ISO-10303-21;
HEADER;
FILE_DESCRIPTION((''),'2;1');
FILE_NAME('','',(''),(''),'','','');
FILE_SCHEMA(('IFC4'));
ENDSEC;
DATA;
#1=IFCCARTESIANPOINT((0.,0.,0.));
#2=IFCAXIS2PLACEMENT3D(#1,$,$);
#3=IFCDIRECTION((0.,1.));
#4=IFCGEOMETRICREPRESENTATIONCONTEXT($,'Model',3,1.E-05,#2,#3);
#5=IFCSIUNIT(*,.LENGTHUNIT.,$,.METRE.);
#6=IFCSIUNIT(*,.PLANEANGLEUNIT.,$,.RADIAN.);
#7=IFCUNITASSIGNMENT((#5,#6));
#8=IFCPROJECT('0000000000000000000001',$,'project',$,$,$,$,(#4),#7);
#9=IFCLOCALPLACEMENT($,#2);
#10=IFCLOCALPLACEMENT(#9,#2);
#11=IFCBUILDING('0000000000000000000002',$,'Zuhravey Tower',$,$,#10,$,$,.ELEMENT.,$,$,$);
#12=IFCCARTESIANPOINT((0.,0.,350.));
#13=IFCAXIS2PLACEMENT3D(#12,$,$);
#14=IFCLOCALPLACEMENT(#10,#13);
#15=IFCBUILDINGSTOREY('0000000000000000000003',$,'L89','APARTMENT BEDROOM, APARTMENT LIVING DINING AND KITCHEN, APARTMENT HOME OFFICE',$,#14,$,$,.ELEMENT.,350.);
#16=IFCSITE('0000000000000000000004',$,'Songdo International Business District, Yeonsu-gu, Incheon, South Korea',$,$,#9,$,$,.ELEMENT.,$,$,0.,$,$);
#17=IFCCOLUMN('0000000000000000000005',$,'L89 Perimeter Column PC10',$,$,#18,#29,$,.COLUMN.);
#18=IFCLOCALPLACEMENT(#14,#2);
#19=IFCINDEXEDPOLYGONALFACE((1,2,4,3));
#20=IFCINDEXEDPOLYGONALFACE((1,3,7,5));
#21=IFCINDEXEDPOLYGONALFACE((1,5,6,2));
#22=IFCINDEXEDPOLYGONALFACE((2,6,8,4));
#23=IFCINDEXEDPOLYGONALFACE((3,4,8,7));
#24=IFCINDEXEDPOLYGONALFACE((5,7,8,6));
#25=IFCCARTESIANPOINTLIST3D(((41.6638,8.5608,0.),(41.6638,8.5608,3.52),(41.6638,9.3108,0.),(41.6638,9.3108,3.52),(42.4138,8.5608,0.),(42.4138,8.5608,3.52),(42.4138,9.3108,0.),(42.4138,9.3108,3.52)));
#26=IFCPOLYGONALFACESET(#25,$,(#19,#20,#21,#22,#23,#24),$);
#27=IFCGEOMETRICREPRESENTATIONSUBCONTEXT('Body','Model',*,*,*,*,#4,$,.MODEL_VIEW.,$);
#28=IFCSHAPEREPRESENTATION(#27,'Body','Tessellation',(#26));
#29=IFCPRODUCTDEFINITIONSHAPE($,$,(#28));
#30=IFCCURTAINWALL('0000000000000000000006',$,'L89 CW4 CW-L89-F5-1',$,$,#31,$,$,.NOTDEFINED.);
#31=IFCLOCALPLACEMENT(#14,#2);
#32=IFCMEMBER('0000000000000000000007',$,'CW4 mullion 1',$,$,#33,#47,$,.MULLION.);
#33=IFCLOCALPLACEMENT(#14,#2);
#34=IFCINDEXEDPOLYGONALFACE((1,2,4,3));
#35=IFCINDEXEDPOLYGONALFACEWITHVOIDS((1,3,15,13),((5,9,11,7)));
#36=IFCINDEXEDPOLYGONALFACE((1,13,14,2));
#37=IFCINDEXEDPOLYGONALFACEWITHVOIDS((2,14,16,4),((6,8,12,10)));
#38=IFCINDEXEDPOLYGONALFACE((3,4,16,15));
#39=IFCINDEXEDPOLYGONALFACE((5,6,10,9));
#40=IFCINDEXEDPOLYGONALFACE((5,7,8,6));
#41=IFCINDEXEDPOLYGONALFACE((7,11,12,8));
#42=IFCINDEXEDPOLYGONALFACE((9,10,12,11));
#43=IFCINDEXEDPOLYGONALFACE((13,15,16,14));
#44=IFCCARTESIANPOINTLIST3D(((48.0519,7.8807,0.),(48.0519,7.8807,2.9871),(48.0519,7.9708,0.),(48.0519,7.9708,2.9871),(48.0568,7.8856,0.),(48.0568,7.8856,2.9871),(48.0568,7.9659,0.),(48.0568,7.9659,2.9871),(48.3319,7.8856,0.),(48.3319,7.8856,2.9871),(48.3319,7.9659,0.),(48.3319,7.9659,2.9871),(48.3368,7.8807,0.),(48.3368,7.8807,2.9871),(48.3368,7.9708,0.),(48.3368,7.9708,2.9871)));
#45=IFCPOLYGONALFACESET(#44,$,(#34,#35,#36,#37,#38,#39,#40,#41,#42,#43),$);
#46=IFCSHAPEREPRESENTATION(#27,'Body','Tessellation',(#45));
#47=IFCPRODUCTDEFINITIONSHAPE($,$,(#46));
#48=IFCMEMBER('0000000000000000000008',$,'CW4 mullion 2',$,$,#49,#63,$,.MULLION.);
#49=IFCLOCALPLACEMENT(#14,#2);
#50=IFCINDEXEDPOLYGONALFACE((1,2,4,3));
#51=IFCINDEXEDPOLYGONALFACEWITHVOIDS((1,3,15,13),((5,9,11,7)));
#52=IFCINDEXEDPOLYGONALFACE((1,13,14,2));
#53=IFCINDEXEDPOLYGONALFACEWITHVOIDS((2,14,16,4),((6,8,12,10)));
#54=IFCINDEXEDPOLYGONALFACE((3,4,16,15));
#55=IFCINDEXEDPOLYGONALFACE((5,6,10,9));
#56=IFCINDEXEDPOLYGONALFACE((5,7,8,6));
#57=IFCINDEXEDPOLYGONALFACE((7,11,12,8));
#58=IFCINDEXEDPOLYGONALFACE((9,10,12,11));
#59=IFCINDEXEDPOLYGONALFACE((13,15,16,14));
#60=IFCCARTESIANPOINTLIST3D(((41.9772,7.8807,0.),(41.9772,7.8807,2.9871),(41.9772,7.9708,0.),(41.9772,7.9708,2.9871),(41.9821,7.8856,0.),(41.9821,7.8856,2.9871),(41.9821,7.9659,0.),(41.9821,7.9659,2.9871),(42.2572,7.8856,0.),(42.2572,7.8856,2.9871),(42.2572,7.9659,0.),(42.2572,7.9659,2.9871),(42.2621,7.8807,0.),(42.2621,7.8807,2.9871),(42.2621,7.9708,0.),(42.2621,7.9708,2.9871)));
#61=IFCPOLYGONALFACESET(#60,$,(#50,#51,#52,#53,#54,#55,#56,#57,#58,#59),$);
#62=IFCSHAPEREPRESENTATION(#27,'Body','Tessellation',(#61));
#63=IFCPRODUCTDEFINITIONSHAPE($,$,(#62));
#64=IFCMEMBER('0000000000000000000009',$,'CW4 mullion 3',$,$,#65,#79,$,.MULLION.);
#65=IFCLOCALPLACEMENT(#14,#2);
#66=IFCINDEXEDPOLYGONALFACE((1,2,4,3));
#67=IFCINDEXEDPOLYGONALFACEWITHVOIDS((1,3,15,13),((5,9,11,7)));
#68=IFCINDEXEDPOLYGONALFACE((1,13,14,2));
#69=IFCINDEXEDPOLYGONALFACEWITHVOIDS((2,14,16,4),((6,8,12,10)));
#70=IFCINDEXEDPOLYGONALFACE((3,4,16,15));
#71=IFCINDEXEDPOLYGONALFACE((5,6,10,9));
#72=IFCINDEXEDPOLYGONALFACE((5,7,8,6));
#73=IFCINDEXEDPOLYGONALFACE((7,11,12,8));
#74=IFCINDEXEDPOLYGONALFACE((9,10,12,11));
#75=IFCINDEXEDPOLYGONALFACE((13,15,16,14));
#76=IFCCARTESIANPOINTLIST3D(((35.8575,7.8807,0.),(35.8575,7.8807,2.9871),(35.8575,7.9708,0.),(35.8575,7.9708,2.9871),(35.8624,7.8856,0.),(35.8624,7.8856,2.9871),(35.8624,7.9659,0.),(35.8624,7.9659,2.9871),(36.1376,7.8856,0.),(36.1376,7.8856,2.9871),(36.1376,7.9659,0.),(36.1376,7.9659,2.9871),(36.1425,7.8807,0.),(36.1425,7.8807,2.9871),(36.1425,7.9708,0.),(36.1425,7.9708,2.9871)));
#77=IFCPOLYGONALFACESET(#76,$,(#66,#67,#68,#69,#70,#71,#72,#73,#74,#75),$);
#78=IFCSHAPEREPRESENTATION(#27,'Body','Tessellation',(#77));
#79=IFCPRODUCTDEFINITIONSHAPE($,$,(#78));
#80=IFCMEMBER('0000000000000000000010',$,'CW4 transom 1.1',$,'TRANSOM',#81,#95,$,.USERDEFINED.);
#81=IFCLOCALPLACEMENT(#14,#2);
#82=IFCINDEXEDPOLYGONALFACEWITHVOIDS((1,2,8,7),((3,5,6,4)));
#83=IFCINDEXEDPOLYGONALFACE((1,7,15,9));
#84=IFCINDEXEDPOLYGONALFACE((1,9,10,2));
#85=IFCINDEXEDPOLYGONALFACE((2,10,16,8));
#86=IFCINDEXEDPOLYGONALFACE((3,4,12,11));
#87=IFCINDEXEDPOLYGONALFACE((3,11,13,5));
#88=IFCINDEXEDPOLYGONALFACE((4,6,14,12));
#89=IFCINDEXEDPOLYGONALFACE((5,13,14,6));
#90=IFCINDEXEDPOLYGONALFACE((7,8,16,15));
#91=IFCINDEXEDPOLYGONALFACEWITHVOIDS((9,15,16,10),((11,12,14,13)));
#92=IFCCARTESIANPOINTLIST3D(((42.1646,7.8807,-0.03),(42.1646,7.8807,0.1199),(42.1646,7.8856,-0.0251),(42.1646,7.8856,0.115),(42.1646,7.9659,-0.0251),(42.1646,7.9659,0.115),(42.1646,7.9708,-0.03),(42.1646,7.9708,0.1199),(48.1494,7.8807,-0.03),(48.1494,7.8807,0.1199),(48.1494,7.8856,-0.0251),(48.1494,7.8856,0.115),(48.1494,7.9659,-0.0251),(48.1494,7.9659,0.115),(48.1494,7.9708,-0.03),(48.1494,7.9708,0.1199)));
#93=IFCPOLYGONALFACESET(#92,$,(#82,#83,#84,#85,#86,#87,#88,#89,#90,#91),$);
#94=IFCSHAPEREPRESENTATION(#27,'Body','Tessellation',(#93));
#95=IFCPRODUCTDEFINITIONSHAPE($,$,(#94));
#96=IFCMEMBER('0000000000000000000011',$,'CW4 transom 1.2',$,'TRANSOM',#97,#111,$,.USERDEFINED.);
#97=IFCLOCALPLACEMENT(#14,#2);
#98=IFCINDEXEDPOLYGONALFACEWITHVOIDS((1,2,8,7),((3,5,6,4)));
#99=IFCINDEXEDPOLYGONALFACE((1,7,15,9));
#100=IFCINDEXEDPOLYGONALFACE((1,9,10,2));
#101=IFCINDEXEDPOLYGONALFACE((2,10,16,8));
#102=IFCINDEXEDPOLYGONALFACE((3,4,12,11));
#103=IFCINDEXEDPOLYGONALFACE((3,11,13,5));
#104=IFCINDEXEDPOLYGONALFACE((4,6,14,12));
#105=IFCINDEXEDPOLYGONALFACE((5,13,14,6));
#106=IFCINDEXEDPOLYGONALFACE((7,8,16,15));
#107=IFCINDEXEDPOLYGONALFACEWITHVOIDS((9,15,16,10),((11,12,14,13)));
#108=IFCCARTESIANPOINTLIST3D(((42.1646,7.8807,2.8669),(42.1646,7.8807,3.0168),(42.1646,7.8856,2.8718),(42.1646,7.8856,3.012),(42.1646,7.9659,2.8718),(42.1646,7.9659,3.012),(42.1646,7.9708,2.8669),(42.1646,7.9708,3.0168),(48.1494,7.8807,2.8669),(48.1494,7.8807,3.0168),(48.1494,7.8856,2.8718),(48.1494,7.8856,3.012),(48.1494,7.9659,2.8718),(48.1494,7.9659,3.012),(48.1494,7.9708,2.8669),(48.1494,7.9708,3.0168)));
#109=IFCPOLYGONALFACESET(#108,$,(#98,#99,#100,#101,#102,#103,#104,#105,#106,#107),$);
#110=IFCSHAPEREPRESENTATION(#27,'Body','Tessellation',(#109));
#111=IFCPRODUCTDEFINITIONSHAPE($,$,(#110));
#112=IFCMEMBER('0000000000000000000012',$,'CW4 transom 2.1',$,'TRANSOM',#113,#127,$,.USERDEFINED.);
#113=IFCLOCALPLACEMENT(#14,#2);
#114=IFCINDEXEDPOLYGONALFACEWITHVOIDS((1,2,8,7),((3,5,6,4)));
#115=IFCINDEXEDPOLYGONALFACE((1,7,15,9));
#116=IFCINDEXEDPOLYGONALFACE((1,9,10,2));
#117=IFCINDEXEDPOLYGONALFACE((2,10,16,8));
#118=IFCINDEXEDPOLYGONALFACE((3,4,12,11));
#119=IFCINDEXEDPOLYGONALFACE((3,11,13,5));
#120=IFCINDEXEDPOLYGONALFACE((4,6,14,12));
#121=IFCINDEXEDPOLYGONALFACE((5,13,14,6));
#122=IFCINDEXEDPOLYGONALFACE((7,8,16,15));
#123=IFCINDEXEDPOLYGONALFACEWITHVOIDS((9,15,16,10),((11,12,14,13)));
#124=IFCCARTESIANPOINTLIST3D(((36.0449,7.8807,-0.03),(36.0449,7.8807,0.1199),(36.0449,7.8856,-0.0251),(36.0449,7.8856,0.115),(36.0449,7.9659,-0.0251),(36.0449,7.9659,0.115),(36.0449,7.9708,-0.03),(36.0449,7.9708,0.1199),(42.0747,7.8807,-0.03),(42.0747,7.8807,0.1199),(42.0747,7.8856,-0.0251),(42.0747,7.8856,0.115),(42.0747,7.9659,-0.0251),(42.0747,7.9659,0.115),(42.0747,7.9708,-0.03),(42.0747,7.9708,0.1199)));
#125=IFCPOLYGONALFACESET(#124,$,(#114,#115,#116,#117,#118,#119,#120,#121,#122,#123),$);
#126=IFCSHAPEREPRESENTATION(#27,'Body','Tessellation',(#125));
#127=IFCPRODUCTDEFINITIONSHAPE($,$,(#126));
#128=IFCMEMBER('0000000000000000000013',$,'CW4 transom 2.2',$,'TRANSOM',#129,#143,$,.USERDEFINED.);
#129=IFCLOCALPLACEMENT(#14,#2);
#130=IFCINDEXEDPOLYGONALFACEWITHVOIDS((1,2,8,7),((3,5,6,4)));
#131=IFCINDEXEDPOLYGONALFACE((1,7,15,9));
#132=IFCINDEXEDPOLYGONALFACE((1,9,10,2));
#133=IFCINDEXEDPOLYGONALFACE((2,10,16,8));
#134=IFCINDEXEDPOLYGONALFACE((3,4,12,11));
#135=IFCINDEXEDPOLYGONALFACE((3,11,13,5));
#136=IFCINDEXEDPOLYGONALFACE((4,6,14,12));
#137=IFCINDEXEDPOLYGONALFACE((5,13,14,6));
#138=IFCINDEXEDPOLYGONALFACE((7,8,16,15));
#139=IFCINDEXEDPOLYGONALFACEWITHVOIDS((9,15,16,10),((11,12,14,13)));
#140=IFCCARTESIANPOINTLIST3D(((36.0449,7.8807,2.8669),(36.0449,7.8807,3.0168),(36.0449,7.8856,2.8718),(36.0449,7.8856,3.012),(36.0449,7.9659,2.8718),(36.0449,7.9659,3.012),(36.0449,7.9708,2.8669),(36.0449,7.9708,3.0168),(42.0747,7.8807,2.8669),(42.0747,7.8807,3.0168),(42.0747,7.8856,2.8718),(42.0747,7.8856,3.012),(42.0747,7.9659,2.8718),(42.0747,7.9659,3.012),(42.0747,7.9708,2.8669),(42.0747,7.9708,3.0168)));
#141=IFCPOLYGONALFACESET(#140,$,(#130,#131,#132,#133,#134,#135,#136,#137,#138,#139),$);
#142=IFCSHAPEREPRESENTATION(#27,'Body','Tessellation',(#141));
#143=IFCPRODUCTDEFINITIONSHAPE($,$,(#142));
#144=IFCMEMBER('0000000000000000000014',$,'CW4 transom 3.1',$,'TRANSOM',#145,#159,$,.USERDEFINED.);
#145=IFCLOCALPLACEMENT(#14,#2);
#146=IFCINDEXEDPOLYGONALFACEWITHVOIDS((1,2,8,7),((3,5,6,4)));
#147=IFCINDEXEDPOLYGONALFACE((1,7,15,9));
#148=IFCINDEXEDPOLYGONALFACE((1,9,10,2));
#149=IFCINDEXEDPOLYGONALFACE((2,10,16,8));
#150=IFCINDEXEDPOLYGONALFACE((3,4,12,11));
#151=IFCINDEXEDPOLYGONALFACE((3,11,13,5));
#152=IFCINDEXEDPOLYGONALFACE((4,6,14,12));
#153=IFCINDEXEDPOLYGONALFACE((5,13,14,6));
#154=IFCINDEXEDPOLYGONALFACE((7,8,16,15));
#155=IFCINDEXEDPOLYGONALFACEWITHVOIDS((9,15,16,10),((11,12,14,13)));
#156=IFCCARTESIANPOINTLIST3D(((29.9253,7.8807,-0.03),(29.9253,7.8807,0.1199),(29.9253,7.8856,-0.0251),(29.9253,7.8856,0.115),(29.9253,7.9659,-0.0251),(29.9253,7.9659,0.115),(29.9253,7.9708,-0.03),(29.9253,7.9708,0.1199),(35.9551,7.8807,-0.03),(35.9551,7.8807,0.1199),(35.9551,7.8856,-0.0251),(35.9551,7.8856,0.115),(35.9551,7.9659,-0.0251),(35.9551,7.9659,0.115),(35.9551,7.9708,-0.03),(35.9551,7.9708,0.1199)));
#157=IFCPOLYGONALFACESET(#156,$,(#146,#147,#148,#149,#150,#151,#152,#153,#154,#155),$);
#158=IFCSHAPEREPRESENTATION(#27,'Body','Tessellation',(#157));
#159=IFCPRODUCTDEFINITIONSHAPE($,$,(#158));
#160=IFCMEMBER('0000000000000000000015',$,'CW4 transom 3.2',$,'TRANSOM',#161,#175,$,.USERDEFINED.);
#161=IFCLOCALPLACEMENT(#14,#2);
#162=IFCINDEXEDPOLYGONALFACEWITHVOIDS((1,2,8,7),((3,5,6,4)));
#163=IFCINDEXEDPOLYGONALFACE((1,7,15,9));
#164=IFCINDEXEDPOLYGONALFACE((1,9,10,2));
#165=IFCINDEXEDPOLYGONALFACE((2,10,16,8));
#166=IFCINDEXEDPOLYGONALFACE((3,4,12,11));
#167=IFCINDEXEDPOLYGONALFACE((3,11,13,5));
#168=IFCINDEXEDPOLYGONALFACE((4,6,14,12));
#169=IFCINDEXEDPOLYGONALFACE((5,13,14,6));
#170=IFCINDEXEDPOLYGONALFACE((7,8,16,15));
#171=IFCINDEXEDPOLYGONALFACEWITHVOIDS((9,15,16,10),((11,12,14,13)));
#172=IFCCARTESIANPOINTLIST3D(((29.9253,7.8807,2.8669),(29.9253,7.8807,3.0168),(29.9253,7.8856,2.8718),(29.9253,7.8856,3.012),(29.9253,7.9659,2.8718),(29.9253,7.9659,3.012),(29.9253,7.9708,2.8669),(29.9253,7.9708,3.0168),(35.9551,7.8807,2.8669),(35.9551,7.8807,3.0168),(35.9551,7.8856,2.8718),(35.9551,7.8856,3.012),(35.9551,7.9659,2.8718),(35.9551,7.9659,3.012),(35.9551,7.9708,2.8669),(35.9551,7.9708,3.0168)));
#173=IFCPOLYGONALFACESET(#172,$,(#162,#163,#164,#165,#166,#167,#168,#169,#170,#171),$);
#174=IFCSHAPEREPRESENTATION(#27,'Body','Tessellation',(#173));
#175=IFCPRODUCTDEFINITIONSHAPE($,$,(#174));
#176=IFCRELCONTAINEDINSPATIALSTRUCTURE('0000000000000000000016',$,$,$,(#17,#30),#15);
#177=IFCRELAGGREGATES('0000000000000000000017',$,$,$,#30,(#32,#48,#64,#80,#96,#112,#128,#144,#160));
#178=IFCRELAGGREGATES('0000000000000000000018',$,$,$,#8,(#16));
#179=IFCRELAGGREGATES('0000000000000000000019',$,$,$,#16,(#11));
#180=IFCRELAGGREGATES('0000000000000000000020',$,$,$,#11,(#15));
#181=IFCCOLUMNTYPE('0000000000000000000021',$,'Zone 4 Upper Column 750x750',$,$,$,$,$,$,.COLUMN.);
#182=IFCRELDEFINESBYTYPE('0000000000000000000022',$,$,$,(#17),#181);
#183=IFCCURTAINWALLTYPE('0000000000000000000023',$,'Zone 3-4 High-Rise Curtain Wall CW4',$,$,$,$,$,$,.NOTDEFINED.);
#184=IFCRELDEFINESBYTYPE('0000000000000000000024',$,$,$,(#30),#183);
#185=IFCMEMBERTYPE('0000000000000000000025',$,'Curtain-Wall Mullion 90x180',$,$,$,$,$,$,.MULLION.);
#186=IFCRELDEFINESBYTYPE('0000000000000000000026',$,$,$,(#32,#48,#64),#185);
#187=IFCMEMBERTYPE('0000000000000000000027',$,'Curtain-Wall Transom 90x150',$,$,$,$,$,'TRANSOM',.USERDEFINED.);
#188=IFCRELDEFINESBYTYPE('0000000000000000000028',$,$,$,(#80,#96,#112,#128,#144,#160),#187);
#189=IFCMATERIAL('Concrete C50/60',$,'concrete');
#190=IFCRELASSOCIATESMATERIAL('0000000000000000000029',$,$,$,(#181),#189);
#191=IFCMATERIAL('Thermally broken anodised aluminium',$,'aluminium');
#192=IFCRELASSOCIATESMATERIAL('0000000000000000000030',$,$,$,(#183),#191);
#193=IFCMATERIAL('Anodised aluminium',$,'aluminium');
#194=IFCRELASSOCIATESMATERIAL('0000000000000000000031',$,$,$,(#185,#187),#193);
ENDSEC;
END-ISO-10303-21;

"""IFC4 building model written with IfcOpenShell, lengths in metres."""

from ifc_helpers import new_model, si_unit, direction, frame, origin, origin_2d, place, context, subcontext, project, spatial, rectangle, hollow_rectangle, extrude, material, material_profile, profile_set, type_object, element, aggregate, save


model = new_model("IFC4")

# Units and contexts
model_context = context("Model", 3, precision=1e-05, world=origin(), true_north=direction((0.0, 1.0)))
body_context = subcontext(model_context, "Body", "Model", "MODEL_VIEW")
ifc_project = project(units=[si_unit("LENGTHUNIT", "METRE"), si_unit("PLANEANGLEUNIT", "RADIAN")], contexts=[model_context])

# Site, building, storey
site_placement = place(None, origin())
site = spatial("IfcSite", under=ifc_project, at=site_placement, Name="Songdo International Business District, Yeonsu-gu, Incheon, South Korea", CompositionType="ELEMENT", RefElevation=0.0)
building_placement = place(site_placement, origin())
building = spatial("IfcBuilding", under=site, at=building_placement, Name="Zuhravey Tower", CompositionType="ELEMENT")
storey_placement = place(building_placement, frame((0.0, 0.0, 350.0)))
storey = spatial("IfcBuildingStorey", under=building, at=storey_placement, Name="L89", Description="APARTMENT BEDROOM, APARTMENT LIVING DINING AND KITCHEN, APARTMENT HOME OFFICE", CompositionType="ELEMENT", Elevation=350.0)

# Column
ifc_material_1 = material(Name="Concrete C50/60", Category="concrete")
ifc_material_profile_1 = material_profile(ifc_material_1, rectangle(XDim=0.75, YDim=0.75, at=origin_2d()), Name="RC-750x750")
ifc_profile_set_1 = profile_set([ifc_material_profile_1], Name="Concrete C50/60")
column_type = type_object("IfcColumnType", Name="Zone 4 Upper Column 750x750", PredefinedType="COLUMN", material=ifc_profile_set_1)
column_placement = place(storey_placement, frame((42.0388, 8.9358, 0.0), z_axis=(0.0, 0.0, 1.0), x_axis=(1.0, 0.0, 0.0)))
element("IfcColumn", 1, at=column_placement, inside=storey, type_object=column_type, Name="L89 Perimeter Column PC10", PredefinedType="COLUMN", context=body_context, shape_type="SweptSolid", body=[
    extrude(rectangle(XDim=0.75, YDim=0.75, at=origin_2d()), origin(), (0.0, 0.0, 1.0), 3.52),
])

# Curtain wall, members
ifc_material_2 = material(Name="Thermally broken anodised aluminium", Category="aluminium")
curtain_wall_type = type_object("IfcCurtainWallType", Name="Zone 3-4 High-Rise Curtain Wall CW4", PredefinedType="NOTDEFINED", material=ifc_material_2)
curtain_wall_placement = place(storey_placement, origin())
curtain_wall = element("IfcCurtainWall", 2, at=curtain_wall_placement, inside=storey, type_object=curtain_wall_type, Name="L89 CW4 CW-L89-F5-1", PredefinedType="NOTDEFINED")
ifc_material_3 = material(Name="Anodised aluminium", Category="aluminium")
ifc_material_profile_2 = material_profile(ifc_material_3, hollow_rectangle(XDim=0.0901, YDim=0.2849, WallThickness=0.0049, at=origin_2d()), Name="ALU-RHS-90x285x5")
ifc_profile_set_2 = profile_set([ifc_material_profile_2], Name="Anodised aluminium")
member_type_1 = type_object("IfcMemberType", Name="Curtain-Wall Mullion 90x180", PredefinedType="MULLION", material=ifc_profile_set_2)
member_1_placement = place(storey_placement, frame((48.1943, 7.9258, 0.0), z_axis=(0.0, 0.0, 1.0), x_axis=(0.0, -1.0, 0.0)))
member_1 = element("IfcMember", 3, at=member_1_placement, type_object=member_type_1, Name="CW4 mullion 1", PredefinedType="MULLION", context=body_context, shape_type="SweptSolid", body=[
    extrude(hollow_rectangle(XDim=0.0901, YDim=0.2849, WallThickness=0.0049, at=origin_2d()), origin(), (0.0, 0.0, 1.0), 2.9871),
])
member_2_placement = place(storey_placement, frame((42.1196, 7.9258, 0.0), z_axis=(0.0, 0.0, 1.0), x_axis=(0.0, -1.0, 0.0)))
member_2 = element("IfcMember", 4, at=member_2_placement, type_object=member_type_1, Name="CW4 mullion 2", PredefinedType="MULLION", context=body_context, shape_type="SweptSolid", body=[
    extrude(hollow_rectangle(XDim=0.0901, YDim=0.2849, WallThickness=0.0049, at=origin_2d()), origin(), (0.0, 0.0, 1.0), 2.9871),
])
member_3_placement = place(storey_placement, frame((36.0, 7.9258, 0.0), z_axis=(0.0, 0.0, 1.0), x_axis=(0.0, -1.0, 0.0)))
member_3 = element("IfcMember", 5, at=member_3_placement, type_object=member_type_1, Name="CW4 mullion 3", PredefinedType="MULLION", context=body_context, shape_type="SweptSolid", body=[
    extrude(hollow_rectangle(XDim=0.0901, YDim=0.2849, WallThickness=0.0049, at=origin_2d()), origin(), (0.0, 0.0, 1.0), 2.9871),
])
ifc_material_profile_3 = material_profile(ifc_material_3, hollow_rectangle(XDim=0.0901, YDim=0.1499, WallThickness=0.0049, at=origin_2d()), Name="ALU-RHS-90x150x5")
ifc_profile_set_3 = profile_set([ifc_material_profile_3], Name="Anodised aluminium")
member_type_2 = type_object("IfcMemberType", Name="Curtain-Wall Transom 90x150", ElementType="TRANSOM", PredefinedType="USERDEFINED", material=ifc_profile_set_3)
member_4_placement = place(storey_placement, frame((48.1494, 7.9258, 0.0449), z_axis=(-1.0, 0.0, 0.0), x_axis=(0.0, -1.0, 0.0)))
member_4 = element("IfcMember", 6, at=member_4_placement, type_object=member_type_2, Name="CW4 transom 1.1", ObjectType="TRANSOM", PredefinedType="USERDEFINED", context=body_context, shape_type="SweptSolid", body=[
    extrude(hollow_rectangle(XDim=0.0901, YDim=0.1499, WallThickness=0.0049, at=origin_2d()), origin(), (0.0, 0.0, 1.0), 5.9849),
])
member_5_placement = place(storey_placement, frame((48.1494, 7.9258, 2.9419), z_axis=(-1.0, 0.0, 0.0), x_axis=(0.0, -1.0, 0.0)))
member_5 = element("IfcMember", 7, at=member_5_placement, type_object=member_type_2, Name="CW4 transom 1.2", ObjectType="TRANSOM", PredefinedType="USERDEFINED", context=body_context, shape_type="SweptSolid", body=[
    extrude(hollow_rectangle(XDim=0.0901, YDim=0.1499, WallThickness=0.0049, at=origin_2d()), origin(), (0.0, 0.0, 1.0), 5.9849),
])
member_6_placement = place(storey_placement, frame((42.0747, 7.9258, 0.0449), z_axis=(-1.0, 0.0, 0.0), x_axis=(0.0, -1.0, 0.0)))
member_6 = element("IfcMember", 8, at=member_6_placement, type_object=member_type_2, Name="CW4 transom 2.1", ObjectType="TRANSOM", PredefinedType="USERDEFINED", context=body_context, shape_type="SweptSolid", body=[
    extrude(hollow_rectangle(XDim=0.0901, YDim=0.1499, WallThickness=0.0049, at=origin_2d()), origin(), (0.0, 0.0, 1.0), 6.0298),
])
member_7_placement = place(storey_placement, frame((42.0747, 7.9258, 2.9419), z_axis=(-1.0, 0.0, 0.0), x_axis=(0.0, -1.0, 0.0)))
member_7 = element("IfcMember", 9, at=member_7_placement, type_object=member_type_2, Name="CW4 transom 2.2", ObjectType="TRANSOM", PredefinedType="USERDEFINED", context=body_context, shape_type="SweptSolid", body=[
    extrude(hollow_rectangle(XDim=0.0901, YDim=0.1499, WallThickness=0.0049, at=origin_2d()), origin(), (0.0, 0.0, 1.0), 6.0298),
])
member_8_placement = place(storey_placement, frame((35.9551, 7.9258, 0.0449), z_axis=(-1.0, 0.0, 0.0), x_axis=(0.0, -1.0, 0.0)))
member_8 = element("IfcMember", 10, at=member_8_placement, type_object=member_type_2, Name="CW4 transom 3.1", ObjectType="TRANSOM", PredefinedType="USERDEFINED", context=body_context, shape_type="SweptSolid", body=[
    extrude(hollow_rectangle(XDim=0.0901, YDim=0.1499, WallThickness=0.0049, at=origin_2d()), origin(), (0.0, 0.0, 1.0), 6.0298),
])
member_9_placement = place(storey_placement, frame((35.9551, 7.9258, 2.9419), z_axis=(-1.0, 0.0, 0.0), x_axis=(0.0, -1.0, 0.0)))
member_9 = element("IfcMember", 11, at=member_9_placement, type_object=member_type_2, Name="CW4 transom 3.2", ObjectType="TRANSOM", PredefinedType="USERDEFINED", context=body_context, shape_type="SweptSolid", body=[
    extrude(hollow_rectangle(XDim=0.0901, YDim=0.1499, WallThickness=0.0049, at=origin_2d()), origin(), (0.0, 0.0, 1.0), 6.0298),
])

aggregate(curtain_wall, [member_1, member_2, member_3, member_4, member_5, member_6, member_7, member_8, member_9])

save(model, "model.ifc")
